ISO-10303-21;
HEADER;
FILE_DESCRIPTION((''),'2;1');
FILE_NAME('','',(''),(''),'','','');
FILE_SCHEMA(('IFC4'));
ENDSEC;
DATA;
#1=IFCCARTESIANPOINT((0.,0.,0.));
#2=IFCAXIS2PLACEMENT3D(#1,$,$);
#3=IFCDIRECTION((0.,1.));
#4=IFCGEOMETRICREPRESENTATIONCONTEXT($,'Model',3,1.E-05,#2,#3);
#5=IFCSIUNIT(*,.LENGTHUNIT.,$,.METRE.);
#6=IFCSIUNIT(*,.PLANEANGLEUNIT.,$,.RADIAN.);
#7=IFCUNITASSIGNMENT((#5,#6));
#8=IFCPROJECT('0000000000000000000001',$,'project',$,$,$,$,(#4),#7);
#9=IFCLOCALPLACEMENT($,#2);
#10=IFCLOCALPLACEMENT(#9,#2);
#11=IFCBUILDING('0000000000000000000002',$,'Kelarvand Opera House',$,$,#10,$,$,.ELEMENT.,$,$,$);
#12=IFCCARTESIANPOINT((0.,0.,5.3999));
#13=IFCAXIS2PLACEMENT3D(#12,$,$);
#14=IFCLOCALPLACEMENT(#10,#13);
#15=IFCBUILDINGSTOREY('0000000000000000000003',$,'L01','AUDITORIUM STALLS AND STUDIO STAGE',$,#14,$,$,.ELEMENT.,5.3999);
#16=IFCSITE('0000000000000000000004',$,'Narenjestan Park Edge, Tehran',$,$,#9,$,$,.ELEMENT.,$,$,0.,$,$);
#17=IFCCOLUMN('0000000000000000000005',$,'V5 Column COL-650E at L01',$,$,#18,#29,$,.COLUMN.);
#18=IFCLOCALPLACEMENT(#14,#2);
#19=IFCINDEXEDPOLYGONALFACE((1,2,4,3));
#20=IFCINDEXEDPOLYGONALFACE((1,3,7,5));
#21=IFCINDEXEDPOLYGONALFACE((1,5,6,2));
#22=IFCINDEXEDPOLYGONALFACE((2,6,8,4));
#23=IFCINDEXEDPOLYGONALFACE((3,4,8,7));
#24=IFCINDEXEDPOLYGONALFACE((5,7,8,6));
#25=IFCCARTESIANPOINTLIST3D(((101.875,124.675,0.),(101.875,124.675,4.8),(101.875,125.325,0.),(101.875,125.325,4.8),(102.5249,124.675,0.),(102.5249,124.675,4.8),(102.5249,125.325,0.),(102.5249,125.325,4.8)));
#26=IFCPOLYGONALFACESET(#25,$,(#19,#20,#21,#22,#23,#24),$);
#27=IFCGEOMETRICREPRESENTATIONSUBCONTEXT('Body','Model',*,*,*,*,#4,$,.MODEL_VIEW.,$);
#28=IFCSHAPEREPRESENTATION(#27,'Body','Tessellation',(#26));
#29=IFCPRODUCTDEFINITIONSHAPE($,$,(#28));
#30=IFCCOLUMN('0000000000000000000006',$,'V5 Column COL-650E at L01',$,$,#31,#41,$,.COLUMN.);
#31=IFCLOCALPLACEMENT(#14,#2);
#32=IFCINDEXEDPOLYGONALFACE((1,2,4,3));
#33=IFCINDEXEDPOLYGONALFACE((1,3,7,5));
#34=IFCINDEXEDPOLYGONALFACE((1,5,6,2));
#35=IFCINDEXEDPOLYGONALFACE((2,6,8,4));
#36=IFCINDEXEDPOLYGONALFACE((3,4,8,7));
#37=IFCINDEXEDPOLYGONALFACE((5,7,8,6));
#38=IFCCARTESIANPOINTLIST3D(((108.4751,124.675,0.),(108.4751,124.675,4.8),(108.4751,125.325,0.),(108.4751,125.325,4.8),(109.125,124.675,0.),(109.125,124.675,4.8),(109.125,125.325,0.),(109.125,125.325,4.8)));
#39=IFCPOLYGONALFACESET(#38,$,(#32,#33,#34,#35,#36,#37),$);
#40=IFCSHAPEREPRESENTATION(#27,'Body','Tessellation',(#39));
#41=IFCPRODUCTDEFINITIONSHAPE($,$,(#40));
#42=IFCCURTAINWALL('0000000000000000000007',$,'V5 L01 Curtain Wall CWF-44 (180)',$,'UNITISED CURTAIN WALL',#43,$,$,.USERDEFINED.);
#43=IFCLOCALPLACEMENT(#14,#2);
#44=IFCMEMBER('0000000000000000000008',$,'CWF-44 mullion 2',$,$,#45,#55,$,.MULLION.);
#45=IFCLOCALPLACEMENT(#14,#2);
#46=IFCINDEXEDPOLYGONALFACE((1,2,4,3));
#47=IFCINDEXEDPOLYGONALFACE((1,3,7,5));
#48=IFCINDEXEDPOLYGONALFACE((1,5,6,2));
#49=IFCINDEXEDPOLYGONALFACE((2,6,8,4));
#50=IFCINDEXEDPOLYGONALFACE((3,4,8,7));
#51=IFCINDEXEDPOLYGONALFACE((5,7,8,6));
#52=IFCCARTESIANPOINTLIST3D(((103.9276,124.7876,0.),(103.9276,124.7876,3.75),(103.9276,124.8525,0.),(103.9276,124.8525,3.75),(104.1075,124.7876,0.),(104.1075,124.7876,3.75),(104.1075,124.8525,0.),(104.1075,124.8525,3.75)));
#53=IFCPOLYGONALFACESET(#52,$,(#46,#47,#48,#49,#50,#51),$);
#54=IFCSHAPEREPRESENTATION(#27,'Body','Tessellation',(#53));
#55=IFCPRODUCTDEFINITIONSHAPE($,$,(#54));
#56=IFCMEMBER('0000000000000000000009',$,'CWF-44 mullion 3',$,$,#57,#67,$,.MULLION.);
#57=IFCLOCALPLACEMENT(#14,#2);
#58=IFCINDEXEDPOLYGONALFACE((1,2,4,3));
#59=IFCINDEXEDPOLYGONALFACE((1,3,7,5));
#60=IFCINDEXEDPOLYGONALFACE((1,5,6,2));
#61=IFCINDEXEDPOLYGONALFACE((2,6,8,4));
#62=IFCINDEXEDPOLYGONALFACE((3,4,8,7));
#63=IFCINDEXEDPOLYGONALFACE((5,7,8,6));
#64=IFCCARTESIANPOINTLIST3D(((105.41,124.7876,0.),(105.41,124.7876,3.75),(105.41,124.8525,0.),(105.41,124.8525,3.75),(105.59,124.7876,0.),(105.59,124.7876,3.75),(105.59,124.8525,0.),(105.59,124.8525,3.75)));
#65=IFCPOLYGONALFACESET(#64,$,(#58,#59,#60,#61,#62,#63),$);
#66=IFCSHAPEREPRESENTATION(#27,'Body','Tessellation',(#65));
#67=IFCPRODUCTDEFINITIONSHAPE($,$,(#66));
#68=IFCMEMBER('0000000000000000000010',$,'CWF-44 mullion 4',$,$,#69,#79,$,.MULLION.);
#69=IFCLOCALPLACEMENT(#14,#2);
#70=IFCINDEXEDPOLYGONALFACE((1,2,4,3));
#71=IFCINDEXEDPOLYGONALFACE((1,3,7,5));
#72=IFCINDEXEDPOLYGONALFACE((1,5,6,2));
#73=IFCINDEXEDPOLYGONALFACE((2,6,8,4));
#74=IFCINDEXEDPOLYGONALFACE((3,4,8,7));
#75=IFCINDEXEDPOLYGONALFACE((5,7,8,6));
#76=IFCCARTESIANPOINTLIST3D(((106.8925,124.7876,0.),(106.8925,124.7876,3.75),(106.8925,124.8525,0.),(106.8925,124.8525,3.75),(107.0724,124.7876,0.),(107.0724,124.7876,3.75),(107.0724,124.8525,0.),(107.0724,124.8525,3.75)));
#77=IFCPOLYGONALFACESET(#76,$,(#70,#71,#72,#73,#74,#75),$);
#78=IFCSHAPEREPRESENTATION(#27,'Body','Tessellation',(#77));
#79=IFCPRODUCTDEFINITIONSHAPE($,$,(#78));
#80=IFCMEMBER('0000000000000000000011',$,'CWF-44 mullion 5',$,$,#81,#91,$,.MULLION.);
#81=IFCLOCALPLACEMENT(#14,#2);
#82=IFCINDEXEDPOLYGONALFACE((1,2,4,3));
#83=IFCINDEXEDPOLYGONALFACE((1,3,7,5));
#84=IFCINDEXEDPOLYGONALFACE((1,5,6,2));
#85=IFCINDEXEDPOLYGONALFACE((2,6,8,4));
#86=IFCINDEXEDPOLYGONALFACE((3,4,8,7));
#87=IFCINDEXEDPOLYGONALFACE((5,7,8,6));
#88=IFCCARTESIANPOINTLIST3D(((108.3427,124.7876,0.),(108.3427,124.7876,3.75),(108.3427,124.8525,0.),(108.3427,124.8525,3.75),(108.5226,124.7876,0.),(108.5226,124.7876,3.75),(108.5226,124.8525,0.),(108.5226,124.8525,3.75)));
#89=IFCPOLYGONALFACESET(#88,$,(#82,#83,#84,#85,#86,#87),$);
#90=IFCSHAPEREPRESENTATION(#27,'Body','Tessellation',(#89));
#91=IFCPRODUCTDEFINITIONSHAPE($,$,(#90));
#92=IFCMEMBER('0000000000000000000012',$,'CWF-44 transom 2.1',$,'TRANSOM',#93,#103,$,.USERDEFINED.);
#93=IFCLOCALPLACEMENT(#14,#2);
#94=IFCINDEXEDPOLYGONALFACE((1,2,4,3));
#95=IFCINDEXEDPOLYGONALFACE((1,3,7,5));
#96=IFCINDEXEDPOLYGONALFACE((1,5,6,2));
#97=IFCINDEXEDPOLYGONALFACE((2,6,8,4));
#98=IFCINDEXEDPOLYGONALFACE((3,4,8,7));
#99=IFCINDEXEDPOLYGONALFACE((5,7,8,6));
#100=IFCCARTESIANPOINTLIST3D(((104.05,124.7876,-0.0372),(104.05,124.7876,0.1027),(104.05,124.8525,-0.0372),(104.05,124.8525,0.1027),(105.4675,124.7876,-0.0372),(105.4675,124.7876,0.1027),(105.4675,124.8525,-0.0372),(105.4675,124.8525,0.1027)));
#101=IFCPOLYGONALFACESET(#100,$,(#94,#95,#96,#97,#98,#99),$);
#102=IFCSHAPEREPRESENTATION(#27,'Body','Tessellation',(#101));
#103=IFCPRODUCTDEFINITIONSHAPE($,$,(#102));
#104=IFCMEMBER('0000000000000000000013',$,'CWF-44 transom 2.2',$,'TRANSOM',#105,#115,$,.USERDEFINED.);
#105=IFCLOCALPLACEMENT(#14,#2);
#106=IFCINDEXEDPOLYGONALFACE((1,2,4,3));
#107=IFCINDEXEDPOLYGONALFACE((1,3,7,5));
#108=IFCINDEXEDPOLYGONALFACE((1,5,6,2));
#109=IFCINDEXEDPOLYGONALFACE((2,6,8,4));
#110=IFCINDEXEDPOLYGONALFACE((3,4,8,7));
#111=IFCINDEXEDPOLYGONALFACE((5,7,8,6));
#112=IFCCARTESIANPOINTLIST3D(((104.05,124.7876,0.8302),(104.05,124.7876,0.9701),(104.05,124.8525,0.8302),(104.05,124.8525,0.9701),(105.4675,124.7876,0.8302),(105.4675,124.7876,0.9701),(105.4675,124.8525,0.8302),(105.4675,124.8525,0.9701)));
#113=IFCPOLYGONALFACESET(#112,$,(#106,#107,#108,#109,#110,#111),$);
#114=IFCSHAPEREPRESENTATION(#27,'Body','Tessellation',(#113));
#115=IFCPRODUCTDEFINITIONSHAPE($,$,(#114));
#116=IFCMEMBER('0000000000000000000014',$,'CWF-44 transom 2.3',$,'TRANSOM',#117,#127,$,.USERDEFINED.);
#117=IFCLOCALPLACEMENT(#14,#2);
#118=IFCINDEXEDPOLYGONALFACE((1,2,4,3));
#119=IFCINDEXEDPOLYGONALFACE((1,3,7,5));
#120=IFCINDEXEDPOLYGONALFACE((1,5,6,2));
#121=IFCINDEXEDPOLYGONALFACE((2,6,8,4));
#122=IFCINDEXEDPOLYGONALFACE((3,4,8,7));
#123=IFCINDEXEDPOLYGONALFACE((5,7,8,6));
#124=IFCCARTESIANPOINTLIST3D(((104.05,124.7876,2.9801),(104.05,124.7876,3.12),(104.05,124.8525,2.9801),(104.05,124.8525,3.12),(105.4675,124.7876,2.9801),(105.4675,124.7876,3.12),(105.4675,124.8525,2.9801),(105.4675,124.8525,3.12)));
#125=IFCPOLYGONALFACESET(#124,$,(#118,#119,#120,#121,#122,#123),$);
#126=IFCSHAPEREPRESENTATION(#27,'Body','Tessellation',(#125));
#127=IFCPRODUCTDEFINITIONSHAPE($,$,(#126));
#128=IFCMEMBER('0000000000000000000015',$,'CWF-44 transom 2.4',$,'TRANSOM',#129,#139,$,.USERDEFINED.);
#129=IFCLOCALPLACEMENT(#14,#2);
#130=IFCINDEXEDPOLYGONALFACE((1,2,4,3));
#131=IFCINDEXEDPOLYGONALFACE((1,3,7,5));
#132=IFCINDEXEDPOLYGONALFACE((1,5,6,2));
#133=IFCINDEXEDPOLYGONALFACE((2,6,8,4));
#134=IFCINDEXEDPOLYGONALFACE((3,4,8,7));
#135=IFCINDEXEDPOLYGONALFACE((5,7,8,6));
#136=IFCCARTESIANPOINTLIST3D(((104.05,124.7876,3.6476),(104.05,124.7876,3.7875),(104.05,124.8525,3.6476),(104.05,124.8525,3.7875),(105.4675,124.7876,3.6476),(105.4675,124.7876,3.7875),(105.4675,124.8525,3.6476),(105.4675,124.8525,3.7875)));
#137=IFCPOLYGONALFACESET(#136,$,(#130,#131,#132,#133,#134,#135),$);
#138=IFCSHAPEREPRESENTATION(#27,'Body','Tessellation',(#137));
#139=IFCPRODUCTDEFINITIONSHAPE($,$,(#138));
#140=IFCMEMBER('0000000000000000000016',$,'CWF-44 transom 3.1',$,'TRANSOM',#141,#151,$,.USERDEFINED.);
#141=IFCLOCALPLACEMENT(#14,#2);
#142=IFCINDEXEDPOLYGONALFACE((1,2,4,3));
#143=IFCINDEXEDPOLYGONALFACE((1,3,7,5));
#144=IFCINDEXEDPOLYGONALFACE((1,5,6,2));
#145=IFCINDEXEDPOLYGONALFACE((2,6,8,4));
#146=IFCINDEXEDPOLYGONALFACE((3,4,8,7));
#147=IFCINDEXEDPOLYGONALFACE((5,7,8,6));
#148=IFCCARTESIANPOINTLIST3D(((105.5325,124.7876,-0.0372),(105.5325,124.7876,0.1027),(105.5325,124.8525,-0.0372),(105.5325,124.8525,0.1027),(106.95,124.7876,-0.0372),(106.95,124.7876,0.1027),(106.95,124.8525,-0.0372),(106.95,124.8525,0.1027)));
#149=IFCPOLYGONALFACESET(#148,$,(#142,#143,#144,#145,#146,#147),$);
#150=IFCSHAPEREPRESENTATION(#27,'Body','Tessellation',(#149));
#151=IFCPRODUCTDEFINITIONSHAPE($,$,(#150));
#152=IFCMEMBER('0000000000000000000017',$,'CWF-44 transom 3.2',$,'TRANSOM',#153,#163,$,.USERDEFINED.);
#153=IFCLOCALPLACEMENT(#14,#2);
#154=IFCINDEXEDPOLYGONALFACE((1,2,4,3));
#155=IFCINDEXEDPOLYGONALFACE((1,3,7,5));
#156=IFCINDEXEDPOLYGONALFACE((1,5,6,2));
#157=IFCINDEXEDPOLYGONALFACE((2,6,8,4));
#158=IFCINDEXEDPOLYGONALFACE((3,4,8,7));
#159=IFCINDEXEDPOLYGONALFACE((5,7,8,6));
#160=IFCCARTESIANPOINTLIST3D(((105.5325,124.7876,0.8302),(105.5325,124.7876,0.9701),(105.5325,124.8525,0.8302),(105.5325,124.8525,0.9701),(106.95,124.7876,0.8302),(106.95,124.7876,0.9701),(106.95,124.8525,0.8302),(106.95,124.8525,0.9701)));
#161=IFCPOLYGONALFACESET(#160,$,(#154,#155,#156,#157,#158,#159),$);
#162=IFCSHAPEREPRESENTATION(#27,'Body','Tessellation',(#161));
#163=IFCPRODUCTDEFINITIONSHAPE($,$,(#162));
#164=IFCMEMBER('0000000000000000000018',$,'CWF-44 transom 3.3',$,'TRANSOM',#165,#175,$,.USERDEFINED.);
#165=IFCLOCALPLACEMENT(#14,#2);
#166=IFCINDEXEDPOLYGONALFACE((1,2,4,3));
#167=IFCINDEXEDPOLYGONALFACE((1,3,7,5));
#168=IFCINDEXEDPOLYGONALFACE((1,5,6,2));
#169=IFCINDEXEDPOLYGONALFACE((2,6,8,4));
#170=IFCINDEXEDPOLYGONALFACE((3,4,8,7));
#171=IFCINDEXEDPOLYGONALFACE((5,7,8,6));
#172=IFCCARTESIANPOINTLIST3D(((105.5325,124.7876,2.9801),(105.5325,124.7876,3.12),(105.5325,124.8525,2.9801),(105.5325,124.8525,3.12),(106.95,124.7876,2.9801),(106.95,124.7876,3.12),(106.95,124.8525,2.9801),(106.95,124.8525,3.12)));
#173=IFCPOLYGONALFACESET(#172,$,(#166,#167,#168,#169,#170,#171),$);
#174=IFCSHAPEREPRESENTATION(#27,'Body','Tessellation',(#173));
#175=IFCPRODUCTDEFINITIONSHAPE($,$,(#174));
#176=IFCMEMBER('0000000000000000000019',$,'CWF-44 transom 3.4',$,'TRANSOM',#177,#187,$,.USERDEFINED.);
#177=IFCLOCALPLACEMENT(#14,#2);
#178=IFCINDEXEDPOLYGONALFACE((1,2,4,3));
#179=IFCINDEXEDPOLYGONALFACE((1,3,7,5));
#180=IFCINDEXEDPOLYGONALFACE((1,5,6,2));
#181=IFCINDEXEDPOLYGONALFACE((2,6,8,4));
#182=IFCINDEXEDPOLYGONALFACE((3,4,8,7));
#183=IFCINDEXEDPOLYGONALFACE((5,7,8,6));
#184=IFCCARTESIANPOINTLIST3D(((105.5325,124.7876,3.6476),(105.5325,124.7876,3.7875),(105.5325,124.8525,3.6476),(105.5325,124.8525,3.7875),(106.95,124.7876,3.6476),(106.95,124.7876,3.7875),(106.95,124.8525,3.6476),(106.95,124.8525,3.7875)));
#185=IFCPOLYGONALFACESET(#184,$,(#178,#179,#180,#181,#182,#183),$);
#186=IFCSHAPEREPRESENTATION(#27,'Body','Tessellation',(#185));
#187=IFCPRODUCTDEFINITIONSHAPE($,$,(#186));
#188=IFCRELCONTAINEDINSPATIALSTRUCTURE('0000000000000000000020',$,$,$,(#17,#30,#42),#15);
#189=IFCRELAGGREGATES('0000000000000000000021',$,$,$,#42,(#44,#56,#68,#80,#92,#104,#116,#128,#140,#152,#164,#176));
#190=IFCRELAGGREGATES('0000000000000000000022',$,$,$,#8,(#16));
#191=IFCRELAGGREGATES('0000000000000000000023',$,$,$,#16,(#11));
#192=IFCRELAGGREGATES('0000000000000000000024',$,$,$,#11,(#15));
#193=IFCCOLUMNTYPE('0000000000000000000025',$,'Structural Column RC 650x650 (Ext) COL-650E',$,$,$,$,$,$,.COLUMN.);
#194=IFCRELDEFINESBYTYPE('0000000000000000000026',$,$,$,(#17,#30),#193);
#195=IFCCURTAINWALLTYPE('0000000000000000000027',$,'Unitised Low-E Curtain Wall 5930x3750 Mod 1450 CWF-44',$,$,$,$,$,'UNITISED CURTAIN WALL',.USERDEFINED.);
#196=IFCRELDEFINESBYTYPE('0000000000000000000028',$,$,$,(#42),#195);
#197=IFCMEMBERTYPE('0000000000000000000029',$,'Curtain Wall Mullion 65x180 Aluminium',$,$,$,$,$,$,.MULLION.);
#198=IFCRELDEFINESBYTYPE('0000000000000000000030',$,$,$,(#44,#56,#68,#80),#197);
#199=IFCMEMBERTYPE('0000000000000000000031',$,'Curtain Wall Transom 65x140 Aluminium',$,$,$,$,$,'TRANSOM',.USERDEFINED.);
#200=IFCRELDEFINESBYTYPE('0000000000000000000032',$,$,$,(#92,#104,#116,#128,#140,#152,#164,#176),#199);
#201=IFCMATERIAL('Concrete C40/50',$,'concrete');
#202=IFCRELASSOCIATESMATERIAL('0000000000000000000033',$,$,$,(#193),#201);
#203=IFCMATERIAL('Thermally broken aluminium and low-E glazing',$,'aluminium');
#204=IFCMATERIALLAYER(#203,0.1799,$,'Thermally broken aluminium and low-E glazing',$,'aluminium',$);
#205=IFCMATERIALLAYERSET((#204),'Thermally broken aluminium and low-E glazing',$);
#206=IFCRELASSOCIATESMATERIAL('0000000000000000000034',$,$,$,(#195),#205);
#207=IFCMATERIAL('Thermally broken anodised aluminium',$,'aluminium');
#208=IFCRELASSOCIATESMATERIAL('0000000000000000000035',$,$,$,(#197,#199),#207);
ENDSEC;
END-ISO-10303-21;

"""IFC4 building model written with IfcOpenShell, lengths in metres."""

from ifc_helpers import new_model, si_unit, direction, frame, origin, origin_2d, place, context, subcontext, project, spatial, rectangle, extrude, material, layer, layer_set, material_profile, profile_set, type_object, element, aggregate, save


model = new_model("IFC4")

# Units and contexts
model_context = context("Model", 3, precision=1e-05, world=origin(), true_north=direction((0.0, 1.0)))
body_context = subcontext(model_context, "Body", "Model", "MODEL_VIEW")
ifc_project = project(units=[si_unit("LENGTHUNIT", "METRE"), si_unit("PLANEANGLEUNIT", "RADIAN")], contexts=[model_context])

# Site, building, storey
site_placement = place(None, origin())
site = spatial("IfcSite", under=ifc_project, at=site_placement, Name="Narenjestan Park Edge, Tehran", CompositionType="ELEMENT", RefElevation=0.0)
building_placement = place(site_placement, origin())
building = spatial("IfcBuilding", under=site, at=building_placement, Name="Kelarvand Opera House", CompositionType="ELEMENT")
storey_placement = place(building_placement, frame((0.0, 0.0, 5.3999)))
storey = spatial("IfcBuildingStorey", under=building, at=storey_placement, Name="L01", Description="AUDITORIUM STALLS AND STUDIO STAGE", CompositionType="ELEMENT", Elevation=5.3999)

# Columns
ifc_material_1 = material(Name="Concrete C40/50", Category="concrete")
ifc_material_profile_1 = material_profile(ifc_material_1, rectangle(XDim=0.6499, YDim=0.6499, at=origin_2d()), Name="RC 650x650", Category="concrete")
ifc_profile_set_1 = profile_set([ifc_material_profile_1], Name="Concrete C40/50")
column_type = type_object("IfcColumnType", Name="Structural Column RC 650x650 (Ext) COL-650E", PredefinedType="COLUMN", material=ifc_profile_set_1)
for number, where, z_axis, x_axis, name in (
    (1, (102.2, 125.0, 0.0), (0.0, 0.0, 1.0), (1.0, 0.0, 0.0), "V5 Column COL-650E at L01"),
    (2, (108.8, 125.0, 0.0), (0.0, 0.0, 1.0), (1.0, 0.0, 0.0), "V5 Column COL-650E at L01"),
):
    element("IfcColumn", number, at=place(storey_placement, frame(where, z_axis=z_axis, x_axis=x_axis)), inside=storey, type_object=column_type, Name=name, PredefinedType="COLUMN", context=body_context, shape_type="SweptSolid", body=[
        extrude(rectangle(XDim=0.6499, YDim=0.6499, at=origin_2d()), origin(), (0.0, 0.0, 1.0), 4.8),
    ])

# Curtain wall, members
ifc_material_2 = material(Name="Thermally broken aluminium and low-E glazing", Category="aluminium")
ifc_layer_1 = layer(ifc_material_2, 0.1799, Name="Thermally broken aluminium and low-E glazing", Category="aluminium")
ifc_layer_set_1 = layer_set([ifc_layer_1], Name="Thermally broken aluminium and low-E glazing")
curtain_wall_type = type_object("IfcCurtainWallType", Name="Unitised Low-E Curtain Wall 5930x3750 Mod 1450 CWF-44", ElementType="UNITISED CURTAIN WALL", PredefinedType="USERDEFINED", material=ifc_layer_set_1)
curtain_wall_placement = place(storey_placement, origin())
curtain_wall = element("IfcCurtainWall", 3, at=curtain_wall_placement, inside=storey, type_object=curtain_wall_type, Name="V5 L01 Curtain Wall CWF-44 (180)", ObjectType="UNITISED CURTAIN WALL", PredefinedType="USERDEFINED")
ifc_material_3 = material(Name="Thermally broken anodised aluminium", Category="aluminium")
ifc_material_profile_2 = material_profile(ifc_material_3, rectangle(XDim=0.0649, YDim=0.1799, at=origin_2d()), Name="ALU MULLION 65x180", Category="aluminium")
ifc_profile_set_2 = profile_set([ifc_material_profile_2], Name="Thermally broken anodised aluminium")
member_type_1 = type_object("IfcMemberType", Name="Curtain Wall Mullion 65x180 Aluminium", PredefinedType="MULLION", material=ifc_profile_set_2)
member_1_placement = place(storey_placement, frame((104.0176, 124.8201, 0.0), z_axis=(0.0, 0.0, 1.0), x_axis=(0.0, 1.0, 0.0)))
member_1 = element("IfcMember", 4, at=member_1_placement, type_object=member_type_1, Name="CWF-44 mullion 2", PredefinedType="MULLION", context=body_context, shape_type="SweptSolid", body=[
    extrude(rectangle(XDim=0.0649, YDim=0.1799, at=origin_2d()), origin(), (0.0, 0.0, 1.0), 3.75),
])
member_2_placement = place(storey_placement, frame((105.5, 124.8201, 0.0), z_axis=(0.0, 0.0, 1.0), x_axis=(0.0, 1.0, 0.0)))
member_2 = element("IfcMember", 5, at=member_2_placement, type_object=member_type_1, Name="CWF-44 mullion 3", PredefinedType="MULLION", context=body_context, shape_type="SweptSolid", body=[
    extrude(rectangle(XDim=0.0649, YDim=0.1799, at=origin_2d()), origin(), (0.0, 0.0, 1.0), 3.75),
])
member_3_placement = place(storey_placement, frame((106.9824, 124.8201, 0.0), z_axis=(0.0, 0.0, 1.0), x_axis=(0.0, 1.0, 0.0)))
member_3 = element("IfcMember", 6, at=member_3_placement, type_object=member_type_1, Name="CWF-44 mullion 4", PredefinedType="MULLION", context=body_context, shape_type="SweptSolid", body=[
    extrude(rectangle(XDim=0.0649, YDim=0.1799, at=origin_2d()), origin(), (0.0, 0.0, 1.0), 3.75),
])
member_4_placement = place(storey_placement, frame((108.4326, 124.8201, 0.0), z_axis=(0.0, 0.0, 1.0), x_axis=(0.0, 1.0, 0.0)))
member_4 = element("IfcMember", 7, at=member_4_placement, type_object=member_type_1, Name="CWF-44 mullion 5", PredefinedType="MULLION", context=body_context, shape_type="SweptSolid", body=[
    extrude(rectangle(XDim=0.0649, YDim=0.1799, at=origin_2d()), origin(), (0.0, 0.0, 1.0), 3.75),
])
ifc_material_profile_3 = material_profile(ifc_material_3, rectangle(XDim=0.0649, YDim=0.1399, at=origin_2d()), Name="ALU TRANSOM 65x140", Category="aluminium")
ifc_profile_set_3 = profile_set([ifc_material_profile_3], Name="Thermally broken anodised aluminium")
member_type_2 = type_object("IfcMemberType", Name="Curtain Wall Transom 65x140 Aluminium", ElementType="TRANSOM", PredefinedType="USERDEFINED", material=ifc_profile_set_3)
member_5_placement = place(storey_placement, frame((104.05, 124.8201, 0.0327), z_axis=(1.0, 0.0, 0.0), x_axis=(0.0, 1.0, 0.0)))
member_5 = element("IfcMember", 8, at=member_5_placement, type_object=member_type_2, Name="CWF-44 transom 2.1", ObjectType="TRANSOM", PredefinedType="USERDEFINED", context=body_context, shape_type="SweptSolid", body=[
    extrude(rectangle(XDim=0.0649, YDim=0.1399, at=origin_2d()), origin(), (0.0, 0.0, 1.0), 1.4175),
])
member_6_placement = place(storey_placement, frame((104.05, 124.8201, 0.9001), z_axis=(1.0, 0.0, 0.0), x_axis=(0.0, 1.0, 0.0)))
member_6 = element("IfcMember", 9, at=member_6_placement, type_object=member_type_2, Name="CWF-44 transom 2.2", ObjectType="TRANSOM", PredefinedType="USERDEFINED", context=body_context, shape_type="SweptSolid", body=[
    extrude(rectangle(XDim=0.0649, YDim=0.1399, at=origin_2d()), origin(), (0.0, 0.0, 1.0), 1.4175),
])
member_7_placement = place(storey_placement, frame((104.05, 124.8201, 3.05), z_axis=(1.0, 0.0, 0.0), x_axis=(0.0, 1.0, 0.0)))
member_7 = element("IfcMember", 10, at=member_7_placement, type_object=member_type_2, Name="CWF-44 transom 2.3", ObjectType="TRANSOM", PredefinedType="USERDEFINED", context=body_context, shape_type="SweptSolid", body=[
    extrude(rectangle(XDim=0.0649, YDim=0.1399, at=origin_2d()), origin(), (0.0, 0.0, 1.0), 1.4175),
])
member_8_placement = place(storey_placement, frame((104.05, 124.8201, 3.7175), z_axis=(1.0, 0.0, 0.0), x_axis=(0.0, 1.0, 0.0)))
member_8 = element("IfcMember", 11, at=member_8_placement, type_object=member_type_2, Name="CWF-44 transom 2.4", ObjectType="TRANSOM", PredefinedType="USERDEFINED", context=body_context, shape_type="SweptSolid", body=[
    extrude(rectangle(XDim=0.0649, YDim=0.1399, at=origin_2d()), origin(), (0.0, 0.0, 1.0), 1.4175),
])
member_9_placement = place(storey_placement, frame((105.5325, 124.8201, 0.0327), z_axis=(1.0, 0.0, 0.0), x_axis=(0.0, 1.0, 0.0)))
member_9 = element("IfcMember", 12, at=member_9_placement, type_object=member_type_2, Name="CWF-44 transom 3.1", ObjectType="TRANSOM", PredefinedType="USERDEFINED", context=body_context, shape_type="SweptSolid", body=[
    extrude(rectangle(XDim=0.0649, YDim=0.1399, at=origin_2d()), origin(), (0.0, 0.0, 1.0), 1.4175),
])
member_10_placement = place(storey_placement, frame((105.5325, 124.8201, 0.9001), z_axis=(1.0, 0.0, 0.0), x_axis=(0.0, 1.0, 0.0)))
member_10 = element("IfcMember", 13, at=member_10_placement, type_object=member_type_2, Name="CWF-44 transom 3.2", ObjectType="TRANSOM", PredefinedType="USERDEFINED", context=body_context, shape_type="SweptSolid", body=[
    extrude(rectangle(XDim=0.0649, YDim=0.1399, at=origin_2d()), origin(), (0.0, 0.0, 1.0), 1.4175),
])
member_11_placement = place(storey_placement, frame((105.5325, 124.8201, 3.05), z_axis=(1.0, 0.0, 0.0), x_axis=(0.0, 1.0, 0.0)))
member_11 = element("IfcMember", 14, at=member_11_placement, type_object=member_type_2, Name="CWF-44 transom 3.3", ObjectType="TRANSOM", PredefinedType="USERDEFINED", context=body_context, shape_type="SweptSolid", body=[
    extrude(rectangle(XDim=0.0649, YDim=0.1399, at=origin_2d()), origin(), (0.0, 0.0, 1.0), 1.4175),
])
member_12_placement = place(storey_placement, frame((105.5325, 124.8201, 3.7175), z_axis=(1.0, 0.0, 0.0), x_axis=(0.0, 1.0, 0.0)))
member_12 = element("IfcMember", 15, at=member_12_placement, type_object=member_type_2, Name="CWF-44 transom 3.4", ObjectType="TRANSOM", PredefinedType="USERDEFINED", context=body_context, shape_type="SweptSolid", body=[
    extrude(rectangle(XDim=0.0649, YDim=0.1399, at=origin_2d()), origin(), (0.0, 0.0, 1.0), 1.4175),
])

aggregate(curtain_wall, [member_1, member_2, member_3, member_4, member_5, member_6, member_7, member_8, member_9, member_10, member_11, member_12])

save(model, "model.ifc")
